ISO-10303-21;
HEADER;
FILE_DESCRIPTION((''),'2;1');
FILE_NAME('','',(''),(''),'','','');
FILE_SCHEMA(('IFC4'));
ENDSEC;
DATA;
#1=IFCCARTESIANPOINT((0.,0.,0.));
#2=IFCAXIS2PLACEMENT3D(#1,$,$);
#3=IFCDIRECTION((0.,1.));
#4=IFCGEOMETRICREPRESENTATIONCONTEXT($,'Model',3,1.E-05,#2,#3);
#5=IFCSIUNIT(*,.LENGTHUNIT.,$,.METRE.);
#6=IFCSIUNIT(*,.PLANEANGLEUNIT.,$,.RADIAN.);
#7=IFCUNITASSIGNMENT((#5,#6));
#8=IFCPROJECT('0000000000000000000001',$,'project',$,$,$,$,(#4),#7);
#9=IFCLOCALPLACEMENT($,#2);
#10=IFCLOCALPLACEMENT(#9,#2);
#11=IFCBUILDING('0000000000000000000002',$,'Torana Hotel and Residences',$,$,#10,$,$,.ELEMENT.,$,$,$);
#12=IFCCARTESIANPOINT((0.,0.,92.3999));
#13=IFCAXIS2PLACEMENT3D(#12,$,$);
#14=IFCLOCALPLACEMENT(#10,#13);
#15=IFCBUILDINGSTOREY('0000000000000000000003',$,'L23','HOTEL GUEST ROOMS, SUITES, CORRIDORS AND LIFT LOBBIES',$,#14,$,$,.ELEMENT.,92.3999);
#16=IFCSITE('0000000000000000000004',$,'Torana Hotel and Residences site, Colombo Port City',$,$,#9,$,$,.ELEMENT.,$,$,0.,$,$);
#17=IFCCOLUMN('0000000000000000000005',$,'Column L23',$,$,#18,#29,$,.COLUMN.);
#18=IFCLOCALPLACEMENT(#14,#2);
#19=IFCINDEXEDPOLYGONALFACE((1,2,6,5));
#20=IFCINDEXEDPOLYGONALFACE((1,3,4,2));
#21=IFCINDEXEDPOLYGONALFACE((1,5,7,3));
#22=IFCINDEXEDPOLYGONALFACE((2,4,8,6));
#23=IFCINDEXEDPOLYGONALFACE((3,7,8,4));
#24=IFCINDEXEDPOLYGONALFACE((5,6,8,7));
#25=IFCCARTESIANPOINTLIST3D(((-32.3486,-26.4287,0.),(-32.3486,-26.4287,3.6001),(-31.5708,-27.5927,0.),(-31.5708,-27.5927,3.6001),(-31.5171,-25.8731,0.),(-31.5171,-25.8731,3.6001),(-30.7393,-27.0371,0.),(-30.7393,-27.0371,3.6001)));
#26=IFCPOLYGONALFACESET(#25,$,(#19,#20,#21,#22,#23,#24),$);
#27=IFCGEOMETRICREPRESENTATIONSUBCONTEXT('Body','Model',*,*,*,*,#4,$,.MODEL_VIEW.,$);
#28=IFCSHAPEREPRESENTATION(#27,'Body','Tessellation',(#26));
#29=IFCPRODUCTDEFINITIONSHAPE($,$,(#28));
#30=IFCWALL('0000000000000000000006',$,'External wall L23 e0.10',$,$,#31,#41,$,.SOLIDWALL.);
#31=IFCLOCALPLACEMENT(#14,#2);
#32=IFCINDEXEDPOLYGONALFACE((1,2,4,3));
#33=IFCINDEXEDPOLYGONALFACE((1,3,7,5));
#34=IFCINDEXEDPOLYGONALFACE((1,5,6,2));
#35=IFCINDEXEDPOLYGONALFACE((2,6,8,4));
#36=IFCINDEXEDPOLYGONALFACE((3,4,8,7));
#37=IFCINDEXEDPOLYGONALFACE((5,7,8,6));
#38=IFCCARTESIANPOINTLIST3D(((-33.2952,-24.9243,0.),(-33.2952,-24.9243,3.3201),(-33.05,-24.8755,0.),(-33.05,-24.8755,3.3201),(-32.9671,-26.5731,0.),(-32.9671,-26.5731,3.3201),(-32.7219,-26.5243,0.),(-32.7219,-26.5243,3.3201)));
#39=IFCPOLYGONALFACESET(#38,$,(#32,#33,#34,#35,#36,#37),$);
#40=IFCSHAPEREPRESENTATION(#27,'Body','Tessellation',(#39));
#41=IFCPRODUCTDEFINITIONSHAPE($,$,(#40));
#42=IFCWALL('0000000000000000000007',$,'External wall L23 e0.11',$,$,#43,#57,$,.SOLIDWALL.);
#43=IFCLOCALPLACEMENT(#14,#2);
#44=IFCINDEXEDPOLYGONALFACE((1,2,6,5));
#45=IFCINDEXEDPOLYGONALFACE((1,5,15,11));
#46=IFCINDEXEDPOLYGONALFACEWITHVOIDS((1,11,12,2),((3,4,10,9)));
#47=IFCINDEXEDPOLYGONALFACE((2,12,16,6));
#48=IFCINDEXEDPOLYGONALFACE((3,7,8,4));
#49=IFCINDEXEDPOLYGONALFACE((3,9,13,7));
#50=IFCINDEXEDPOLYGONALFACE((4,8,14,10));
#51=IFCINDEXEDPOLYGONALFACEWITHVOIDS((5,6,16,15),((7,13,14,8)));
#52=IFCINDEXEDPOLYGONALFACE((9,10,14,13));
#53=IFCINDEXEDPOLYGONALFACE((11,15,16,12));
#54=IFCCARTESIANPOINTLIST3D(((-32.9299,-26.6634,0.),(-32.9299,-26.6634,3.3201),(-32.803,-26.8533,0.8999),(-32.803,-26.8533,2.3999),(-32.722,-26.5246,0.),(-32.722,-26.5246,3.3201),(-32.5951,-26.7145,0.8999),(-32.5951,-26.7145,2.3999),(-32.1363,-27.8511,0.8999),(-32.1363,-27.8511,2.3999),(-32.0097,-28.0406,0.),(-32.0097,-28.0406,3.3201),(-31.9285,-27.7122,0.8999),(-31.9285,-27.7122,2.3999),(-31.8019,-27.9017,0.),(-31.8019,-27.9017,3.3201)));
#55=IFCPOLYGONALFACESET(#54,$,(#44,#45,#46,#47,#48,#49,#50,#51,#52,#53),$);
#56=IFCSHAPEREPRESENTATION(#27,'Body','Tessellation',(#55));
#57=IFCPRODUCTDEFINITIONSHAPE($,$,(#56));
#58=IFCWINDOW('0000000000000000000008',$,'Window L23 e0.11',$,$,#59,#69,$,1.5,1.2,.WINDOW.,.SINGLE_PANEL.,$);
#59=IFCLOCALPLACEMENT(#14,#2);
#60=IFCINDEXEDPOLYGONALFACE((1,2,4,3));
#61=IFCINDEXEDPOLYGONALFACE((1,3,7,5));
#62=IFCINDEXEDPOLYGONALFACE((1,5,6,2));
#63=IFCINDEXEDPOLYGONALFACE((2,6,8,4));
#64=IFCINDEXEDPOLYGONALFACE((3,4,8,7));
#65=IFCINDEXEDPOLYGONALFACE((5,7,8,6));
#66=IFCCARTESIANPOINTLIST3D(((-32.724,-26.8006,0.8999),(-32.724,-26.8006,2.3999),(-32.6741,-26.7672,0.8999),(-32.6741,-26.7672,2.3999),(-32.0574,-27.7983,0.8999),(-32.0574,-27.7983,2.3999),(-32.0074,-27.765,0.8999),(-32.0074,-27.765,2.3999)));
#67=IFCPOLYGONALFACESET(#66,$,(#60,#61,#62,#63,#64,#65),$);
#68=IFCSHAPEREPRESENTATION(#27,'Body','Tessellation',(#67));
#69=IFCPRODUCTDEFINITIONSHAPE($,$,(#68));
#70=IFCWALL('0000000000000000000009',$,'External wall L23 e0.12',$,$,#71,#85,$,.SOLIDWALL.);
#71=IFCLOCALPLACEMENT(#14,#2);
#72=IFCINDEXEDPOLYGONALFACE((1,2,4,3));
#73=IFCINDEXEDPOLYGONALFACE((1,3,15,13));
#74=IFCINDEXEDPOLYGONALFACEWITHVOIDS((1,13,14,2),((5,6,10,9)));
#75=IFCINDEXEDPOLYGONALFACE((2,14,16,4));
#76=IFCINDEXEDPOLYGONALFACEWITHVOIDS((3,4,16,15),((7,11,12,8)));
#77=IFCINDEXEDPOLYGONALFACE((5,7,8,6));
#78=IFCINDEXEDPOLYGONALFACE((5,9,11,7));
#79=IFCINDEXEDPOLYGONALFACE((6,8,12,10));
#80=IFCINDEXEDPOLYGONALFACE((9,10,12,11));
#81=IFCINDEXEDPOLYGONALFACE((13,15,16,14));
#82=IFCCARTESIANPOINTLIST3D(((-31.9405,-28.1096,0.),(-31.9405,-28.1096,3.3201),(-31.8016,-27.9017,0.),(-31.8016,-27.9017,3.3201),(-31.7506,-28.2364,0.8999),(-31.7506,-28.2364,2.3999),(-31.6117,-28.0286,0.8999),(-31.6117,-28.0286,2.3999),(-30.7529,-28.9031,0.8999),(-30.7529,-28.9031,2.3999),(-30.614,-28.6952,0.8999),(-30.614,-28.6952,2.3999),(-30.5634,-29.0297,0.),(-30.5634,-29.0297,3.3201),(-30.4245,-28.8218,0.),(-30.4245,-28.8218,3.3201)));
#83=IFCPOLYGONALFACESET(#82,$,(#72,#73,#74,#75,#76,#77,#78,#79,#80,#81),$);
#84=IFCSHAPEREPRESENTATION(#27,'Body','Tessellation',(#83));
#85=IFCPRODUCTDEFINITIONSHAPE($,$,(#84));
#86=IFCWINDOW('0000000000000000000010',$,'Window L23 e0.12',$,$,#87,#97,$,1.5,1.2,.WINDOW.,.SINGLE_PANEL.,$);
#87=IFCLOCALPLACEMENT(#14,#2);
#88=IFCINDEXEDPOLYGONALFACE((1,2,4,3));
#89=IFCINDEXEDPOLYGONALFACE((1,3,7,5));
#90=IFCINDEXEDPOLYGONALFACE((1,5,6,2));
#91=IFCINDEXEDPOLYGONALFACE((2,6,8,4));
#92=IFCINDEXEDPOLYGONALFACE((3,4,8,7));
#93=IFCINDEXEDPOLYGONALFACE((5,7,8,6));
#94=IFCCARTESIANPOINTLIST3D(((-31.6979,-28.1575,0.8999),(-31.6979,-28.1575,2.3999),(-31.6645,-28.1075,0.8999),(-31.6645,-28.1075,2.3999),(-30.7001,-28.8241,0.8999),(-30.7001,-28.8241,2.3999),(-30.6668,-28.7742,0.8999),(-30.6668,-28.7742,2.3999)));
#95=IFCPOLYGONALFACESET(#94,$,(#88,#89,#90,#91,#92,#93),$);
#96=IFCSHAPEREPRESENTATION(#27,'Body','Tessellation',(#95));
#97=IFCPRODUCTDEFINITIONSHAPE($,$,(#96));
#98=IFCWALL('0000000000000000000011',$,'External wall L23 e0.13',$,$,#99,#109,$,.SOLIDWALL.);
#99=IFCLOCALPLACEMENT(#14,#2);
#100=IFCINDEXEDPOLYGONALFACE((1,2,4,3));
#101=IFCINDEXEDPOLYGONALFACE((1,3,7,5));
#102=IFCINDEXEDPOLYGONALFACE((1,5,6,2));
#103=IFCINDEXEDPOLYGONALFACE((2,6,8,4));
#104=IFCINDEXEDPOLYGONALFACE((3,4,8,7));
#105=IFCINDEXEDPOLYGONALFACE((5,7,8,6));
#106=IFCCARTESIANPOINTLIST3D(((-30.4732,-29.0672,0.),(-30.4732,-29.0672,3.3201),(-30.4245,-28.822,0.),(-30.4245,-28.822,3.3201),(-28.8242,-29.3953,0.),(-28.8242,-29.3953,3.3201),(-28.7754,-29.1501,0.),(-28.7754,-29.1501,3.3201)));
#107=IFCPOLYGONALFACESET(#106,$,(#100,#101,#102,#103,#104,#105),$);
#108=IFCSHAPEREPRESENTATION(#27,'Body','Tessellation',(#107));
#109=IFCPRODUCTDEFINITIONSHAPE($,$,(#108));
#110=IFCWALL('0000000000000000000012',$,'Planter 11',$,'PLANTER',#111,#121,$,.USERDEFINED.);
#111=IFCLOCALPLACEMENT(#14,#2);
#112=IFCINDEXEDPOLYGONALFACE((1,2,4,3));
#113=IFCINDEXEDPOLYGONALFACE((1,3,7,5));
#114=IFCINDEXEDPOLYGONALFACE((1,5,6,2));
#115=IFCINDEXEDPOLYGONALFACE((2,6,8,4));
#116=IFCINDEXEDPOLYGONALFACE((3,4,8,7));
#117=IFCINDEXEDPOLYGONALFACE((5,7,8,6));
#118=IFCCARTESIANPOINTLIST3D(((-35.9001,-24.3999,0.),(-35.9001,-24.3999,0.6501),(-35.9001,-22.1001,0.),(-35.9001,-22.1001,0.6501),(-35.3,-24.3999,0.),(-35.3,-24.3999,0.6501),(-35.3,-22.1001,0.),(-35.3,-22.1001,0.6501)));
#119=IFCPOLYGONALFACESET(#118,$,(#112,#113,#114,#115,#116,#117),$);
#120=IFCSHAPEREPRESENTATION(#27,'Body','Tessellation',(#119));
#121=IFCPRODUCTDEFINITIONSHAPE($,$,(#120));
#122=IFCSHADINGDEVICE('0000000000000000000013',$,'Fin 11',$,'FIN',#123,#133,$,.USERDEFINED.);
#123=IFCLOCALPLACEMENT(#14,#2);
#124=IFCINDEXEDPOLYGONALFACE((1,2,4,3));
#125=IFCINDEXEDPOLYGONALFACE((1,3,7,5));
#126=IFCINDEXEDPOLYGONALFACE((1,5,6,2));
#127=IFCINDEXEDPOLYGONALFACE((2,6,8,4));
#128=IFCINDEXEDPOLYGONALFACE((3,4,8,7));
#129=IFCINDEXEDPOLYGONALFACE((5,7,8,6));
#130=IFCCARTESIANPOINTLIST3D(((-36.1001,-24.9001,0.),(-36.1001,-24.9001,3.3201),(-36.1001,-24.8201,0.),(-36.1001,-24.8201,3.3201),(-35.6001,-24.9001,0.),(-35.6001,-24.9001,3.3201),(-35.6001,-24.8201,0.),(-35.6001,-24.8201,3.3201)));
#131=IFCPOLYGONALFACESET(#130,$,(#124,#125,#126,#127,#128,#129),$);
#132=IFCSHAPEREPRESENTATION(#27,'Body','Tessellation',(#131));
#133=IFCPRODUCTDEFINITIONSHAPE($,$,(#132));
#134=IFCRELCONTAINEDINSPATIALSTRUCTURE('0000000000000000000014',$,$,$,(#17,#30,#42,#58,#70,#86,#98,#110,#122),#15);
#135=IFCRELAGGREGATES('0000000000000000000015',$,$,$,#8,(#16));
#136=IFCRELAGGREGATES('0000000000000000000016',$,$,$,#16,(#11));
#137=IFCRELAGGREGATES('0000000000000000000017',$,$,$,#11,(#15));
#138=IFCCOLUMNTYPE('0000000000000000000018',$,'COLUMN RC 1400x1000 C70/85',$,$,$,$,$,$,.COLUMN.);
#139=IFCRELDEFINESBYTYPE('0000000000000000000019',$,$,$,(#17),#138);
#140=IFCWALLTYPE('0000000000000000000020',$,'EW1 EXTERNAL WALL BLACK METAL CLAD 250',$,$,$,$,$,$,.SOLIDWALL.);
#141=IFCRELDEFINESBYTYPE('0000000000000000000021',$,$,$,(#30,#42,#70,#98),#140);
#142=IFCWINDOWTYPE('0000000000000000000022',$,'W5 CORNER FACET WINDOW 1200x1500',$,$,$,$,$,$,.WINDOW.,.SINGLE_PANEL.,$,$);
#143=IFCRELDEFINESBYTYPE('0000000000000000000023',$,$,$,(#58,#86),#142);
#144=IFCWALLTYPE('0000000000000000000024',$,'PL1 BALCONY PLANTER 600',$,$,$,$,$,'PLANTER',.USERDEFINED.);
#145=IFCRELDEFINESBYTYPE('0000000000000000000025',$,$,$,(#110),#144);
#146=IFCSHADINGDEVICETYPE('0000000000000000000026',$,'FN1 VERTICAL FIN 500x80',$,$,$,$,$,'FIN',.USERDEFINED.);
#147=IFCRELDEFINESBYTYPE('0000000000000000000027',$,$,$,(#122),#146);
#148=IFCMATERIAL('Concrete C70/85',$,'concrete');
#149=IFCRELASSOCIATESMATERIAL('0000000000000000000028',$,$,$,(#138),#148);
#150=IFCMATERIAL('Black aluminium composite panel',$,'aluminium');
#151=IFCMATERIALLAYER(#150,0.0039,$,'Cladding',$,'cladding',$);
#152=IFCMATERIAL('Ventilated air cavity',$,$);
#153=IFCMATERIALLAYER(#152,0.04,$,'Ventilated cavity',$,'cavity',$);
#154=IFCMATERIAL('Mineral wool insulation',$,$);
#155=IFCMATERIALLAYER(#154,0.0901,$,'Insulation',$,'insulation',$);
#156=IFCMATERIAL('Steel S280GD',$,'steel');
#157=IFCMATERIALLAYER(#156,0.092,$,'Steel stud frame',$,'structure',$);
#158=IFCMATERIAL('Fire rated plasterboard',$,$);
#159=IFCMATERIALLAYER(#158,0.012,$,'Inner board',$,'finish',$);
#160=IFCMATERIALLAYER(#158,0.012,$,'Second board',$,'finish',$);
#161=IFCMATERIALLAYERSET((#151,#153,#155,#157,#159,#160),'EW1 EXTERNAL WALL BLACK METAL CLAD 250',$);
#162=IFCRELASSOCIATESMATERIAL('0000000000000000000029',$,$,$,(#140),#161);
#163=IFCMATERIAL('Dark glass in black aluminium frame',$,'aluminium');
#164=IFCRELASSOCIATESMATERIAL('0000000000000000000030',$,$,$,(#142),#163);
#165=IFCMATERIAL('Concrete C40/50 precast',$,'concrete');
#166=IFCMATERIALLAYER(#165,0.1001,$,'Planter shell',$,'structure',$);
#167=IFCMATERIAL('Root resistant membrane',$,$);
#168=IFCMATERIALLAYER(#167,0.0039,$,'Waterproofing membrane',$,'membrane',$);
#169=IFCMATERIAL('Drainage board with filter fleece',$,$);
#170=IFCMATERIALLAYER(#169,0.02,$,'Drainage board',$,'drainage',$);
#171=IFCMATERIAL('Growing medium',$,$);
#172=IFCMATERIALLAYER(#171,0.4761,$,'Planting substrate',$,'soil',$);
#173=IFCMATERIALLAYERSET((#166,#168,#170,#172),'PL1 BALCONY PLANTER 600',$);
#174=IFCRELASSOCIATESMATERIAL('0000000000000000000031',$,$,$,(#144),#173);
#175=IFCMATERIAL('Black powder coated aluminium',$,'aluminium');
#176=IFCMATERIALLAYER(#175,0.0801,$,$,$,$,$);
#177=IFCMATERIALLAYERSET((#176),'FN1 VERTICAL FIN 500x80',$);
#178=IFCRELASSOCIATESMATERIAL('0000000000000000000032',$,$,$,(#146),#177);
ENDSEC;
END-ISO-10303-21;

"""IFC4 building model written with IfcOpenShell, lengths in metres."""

from ifc_helpers import new_model, si_unit, direction, frame, frame_2d, origin, origin_2d, place, context, subcontext, project, spatial, rectangle, extrude, material, layer, layer_set, material_profile, profile_set, type_object, element, fill, save


model = new_model("IFC4")

# Units and contexts
model_context = context("Model", 3, precision=1e-05, world=origin(), true_north=direction((0.0, 1.0)))
body_context = subcontext(model_context, "Body", "Model", "MODEL_VIEW")
ifc_project = project(units=[si_unit("LENGTHUNIT", "METRE"), si_unit("PLANEANGLEUNIT", "RADIAN")], contexts=[model_context])

# Site, building, storey
site_placement = place(None, origin())
site = spatial("IfcSite", under=ifc_project, at=site_placement, Name="Torana Hotel and Residences site, Colombo Port City", CompositionType="ELEMENT", RefElevation=0.0)
building_placement = place(site_placement, origin())
building = spatial("IfcBuilding", under=site, at=building_placement, Name="Torana Hotel and Residences", CompositionType="ELEMENT")
storey_placement = place(building_placement, frame((0.0, 0.0, 92.3999)))
storey = spatial("IfcBuildingStorey", under=building, at=storey_placement, Name="L23", Description="HOTEL GUEST ROOMS, SUITES, CORRIDORS AND LIFT LOBBIES", CompositionType="ELEMENT", Elevation=92.3999)

# Column
ifc_material_1 = material(Name="Concrete C70/85", Category="concrete")
ifc_material_profile = material_profile(ifc_material_1, rectangle(XDim=1.3999, YDim=1.0, at=origin_2d()), Name="RC 1400x1000")
ifc_profile_set = profile_set([ifc_material_profile], Name="Concrete C70/85")
column_type = type_object("IfcColumnType", Name="COLUMN RC 1400x1000 C70/85", PredefinedType="COLUMN", material=ifc_profile_set)
column_placement = place(storey_placement, frame((-31.5439, -26.7329, 0.0), z_axis=(0.0, 0.0, 1.0), x_axis=(-0.555585, 0.83146, 0.0)))
element("IfcColumn", 1, at=column_placement, inside=storey, type_object=column_type, Name="Column L23", PredefinedType="COLUMN", context=body_context, shape_type="SweptSolid", body=[
    extrude(rectangle(XDim=1.3999, YDim=1.0, at=origin_2d()), origin(), (0.0, 0.0, 1.0), 3.6001),
])

# Wall
ifc_material_2 = material(Name="Black aluminium composite panel", Category="aluminium")
ifc_layer_1 = layer(ifc_material_2, 0.0039, Name="Cladding", Category="cladding")
ifc_material_3 = material(Name="Ventilated air cavity")
ifc_layer_2 = layer(ifc_material_3, 0.04, Name="Ventilated cavity", Category="cavity")
ifc_material_4 = material(Name="Mineral wool insulation")
ifc_layer_3 = layer(ifc_material_4, 0.0901, Name="Insulation", Category="insulation")
ifc_material_5 = material(Name="Steel S280GD", Category="steel")
ifc_layer_4 = layer(ifc_material_5, 0.092, Name="Steel stud frame", Category="structure")
ifc_material_6 = material(Name="Fire rated plasterboard")
ifc_layer_5 = layer(ifc_material_6, 0.012, Name="Inner board", Category="finish")
ifc_layer_6 = layer(ifc_material_6, 0.012, Name="Second board", Category="finish")
ifc_layer_set_1 = layer_set([ifc_layer_1, ifc_layer_2, ifc_layer_3, ifc_layer_4, ifc_layer_5, ifc_layer_6], Name="EW1 EXTERNAL WALL BLACK METAL CLAD 250")
wall_type_1 = type_object("IfcWallType", Name="EW1 EXTERNAL WALL BLACK METAL CLAD 250", PredefinedType="SOLIDWALL", material=ifc_layer_set_1)
wall_1_placement = place(storey_placement, frame((-33.1726, -24.8999, 0.0), z_axis=(0.0, 0.0, 1.0), x_axis=(0.195167, -0.98077, 0.0)))
element("IfcWall", 2, at=wall_1_placement, inside=storey, type_object=wall_type_1, Name="External wall L23 e0.10", PredefinedType="SOLIDWALL", context=body_context, shape_type="SweptSolid", body=[
    extrude(rectangle(XDim=1.6812, YDim=0.25, at=frame_2d((0.8406, 0.0))), origin(), (0.0, 0.0, 1.0), 3.3201),
])

# Walls, openings, windows
wall_2_placement = place(storey_placement, frame((-32.8259, -26.594, 0.0), z_axis=(0.0, 0.0, 1.0), x_axis=(0.55555, -0.831483, 0.0)))
wall_2 = element("IfcWall", 3, at=wall_2_placement, inside=storey, type_object=wall_type_1, Name="External wall L23 e0.11", PredefinedType="SOLIDWALL", context=body_context, shape_type="SweptSolid", body=[
    extrude(rectangle(XDim=1.6562, YDim=0.25, at=frame_2d((0.8281, 0.0))), origin(), (0.0, 0.0, 1.0), 3.3201),
])
opening_1_placement = place(wall_2_placement, frame((0.2283, 0.0, 0.8999)))
opening_1 = element("IfcOpeningElement", 4, at=opening_1_placement, cuts=wall_2, PredefinedType="OPENING", context=body_context, shape_type="SweptSolid", body=[
    extrude(rectangle(XDim=1.2, YDim=1.5, at=frame_2d((0.6001, 0.75))), frame((0.0, 0.135, 0.0), z_axis=(0.0, -1.0, 0.0), x_axis=(1.0, 0.0, 0.0)), (0.0, 0.0, 1.0), 0.27),
])
ifc_material_7 = material(Name="Dark glass in black aluminium frame", Category="aluminium")
window_type = type_object("IfcWindowType", Name="W5 CORNER FACET WINDOW 1200x1500", PartitioningType="SINGLE_PANEL", PredefinedType="WINDOW", material=ifc_material_7)
window_1_placement = place(opening_1_placement, origin())
window_1 = element("IfcWindow", 5, at=window_1_placement, inside=storey, type_object=window_type, Name="Window L23 e0.11", OverallHeight=1.5, OverallWidth=1.2, PartitioningType="SINGLE_PANEL", PredefinedType="WINDOW", context=body_context, shape_type="SweptSolid", body=[
    extrude(rectangle(XDim=1.2, YDim=1.5, at=frame_2d((0.6001, 0.75))), frame((0.0, 0.03, 0.0), z_axis=(0.0, -1.0, 0.0), x_axis=(1.0, 0.0, 0.0)), (0.0, 0.0, 1.0), 0.0601),
])
fill(opening_1, window_1)
wall_3_placement = place(storey_placement, frame((-31.8711, -28.0056, 0.0), z_axis=(0.0, 0.0, 1.0), x_axis=(0.831483, -0.55555, 0.0)))
wall_3 = element("IfcWall", 6, at=wall_3_placement, inside=storey, type_object=wall_type_1, Name="External wall L23 e0.12", PredefinedType="SOLIDWALL", context=body_context, shape_type="SweptSolid", body=[
    extrude(rectangle(XDim=1.6562, YDim=0.25, at=frame_2d((0.8281, 0.0))), origin(), (0.0, 0.0, 1.0), 3.3201),
])
opening_2_placement = place(wall_3_placement, frame((0.2283, 0.0, 0.8999)))
opening_2 = element("IfcOpeningElement", 7, at=opening_2_placement, cuts=wall_3, PredefinedType="OPENING", context=body_context, shape_type="SweptSolid", body=[
    extrude(rectangle(XDim=1.2, YDim=1.5, at=frame_2d((0.6001, 0.75))), frame((0.0, 0.135, 0.0), z_axis=(0.0, -1.0, 0.0), x_axis=(1.0, 0.0, 0.0)), (0.0, 0.0, 1.0), 0.27),
])
window_2_placement = place(opening_2_placement, origin())
window_2 = element("IfcWindow", 8, at=window_2_placement, inside=storey, type_object=window_type, Name="Window L23 e0.12", OverallHeight=1.5, OverallWidth=1.2, PartitioningType="SINGLE_PANEL", PredefinedType="WINDOW", context=body_context, shape_type="SweptSolid", body=[
    extrude(rectangle(XDim=1.2, YDim=1.5, at=frame_2d((0.6001, 0.75))), frame((0.0, 0.03, 0.0), z_axis=(0.0, -1.0, 0.0), x_axis=(1.0, 0.0, 0.0)), (0.0, 0.0, 1.0), 0.0601),
])
fill(opening_2, window_2)

# Walls
wall_4_placement = place(storey_placement, frame((-30.449, -28.9446, 0.0), z_axis=(0.0, 0.0, 1.0), x_axis=(0.980776, -0.195139, 0.0)))
element("IfcWall", 9, at=wall_4_placement, inside=storey, type_object=wall_type_1, Name="External wall L23 e0.13", PredefinedType="SOLIDWALL", context=body_context, shape_type="SweptSolid", body=[
    extrude(rectangle(XDim=1.6814, YDim=0.25, at=frame_2d((0.8408, 0.0))), origin(), (0.0, 0.0, 1.0), 3.3201),
])
ifc_material_8 = material(Name="Concrete C40/50 precast", Category="concrete")
ifc_layer_7 = layer(ifc_material_8, 0.1001, Name="Planter shell", Category="structure")
ifc_material_9 = material(Name="Root resistant membrane")
ifc_layer_8 = layer(ifc_material_9, 0.0039, Name="Waterproofing membrane", Category="membrane")
ifc_material_10 = material(Name="Drainage board with filter fleece")
ifc_layer_9 = layer(ifc_material_10, 0.02, Name="Drainage board", Category="drainage")
ifc_material_11 = material(Name="Growing medium")
ifc_layer_10 = layer(ifc_material_11, 0.4761, Name="Planting substrate", Category="soil")
ifc_layer_set_2 = layer_set([ifc_layer_7, ifc_layer_8, ifc_layer_9, ifc_layer_10], Name="PL1 BALCONY PLANTER 600")
wall_type_2 = type_object("IfcWallType", Name="PL1 BALCONY PLANTER 600", ElementType="PLANTER", PredefinedType="USERDEFINED", material=ifc_layer_set_2)
wall_5_placement = place(storey_placement, frame((-35.6001, -24.3999, 0.0), z_axis=(0.0, 0.0, 1.0), x_axis=(0.0, 1.0, 0.0)))
element("IfcWall", 10, at=wall_5_placement, inside=storey, type_object=wall_type_2, Name="Planter 11", ObjectType="PLANTER", PredefinedType="USERDEFINED", context=body_context, shape_type="SweptSolid", body=[
    extrude(rectangle(XDim=2.2998, YDim=0.6001, at=frame_2d((1.1499, 0.0))), origin(), (0.0, 0.0, 1.0), 0.6501),
])

# Shading device
ifc_material_12 = material(Name="Black powder coated aluminium", Category="aluminium")
ifc_layer_11 = layer(ifc_material_12, 0.0801)
ifc_layer_set_3 = layer_set([ifc_layer_11], Name="FN1 VERTICAL FIN 500x80")
shading_device_type = type_object("IfcShadingDeviceType", Name="FN1 VERTICAL FIN 500x80", ElementType="FIN", PredefinedType="USERDEFINED", material=ifc_layer_set_3)
shading_device_placement = place(storey_placement, frame((-35.8501, -24.8601, 0.0), z_axis=(0.0, 0.0, 1.0), x_axis=(0.0, 1.0, 0.0)))
element("IfcShadingDevice", 11, at=shading_device_placement, inside=storey, type_object=shading_device_type, Name="Fin 11", ObjectType="FIN", PredefinedType="USERDEFINED", context=body_context, shape_type="SweptSolid", body=[
    extrude(rectangle(XDim=0.0801, YDim=0.5, at=origin_2d()), origin(), (0.0, 0.0, 1.0), 3.3201),
])

save(model, "model.ifc")
